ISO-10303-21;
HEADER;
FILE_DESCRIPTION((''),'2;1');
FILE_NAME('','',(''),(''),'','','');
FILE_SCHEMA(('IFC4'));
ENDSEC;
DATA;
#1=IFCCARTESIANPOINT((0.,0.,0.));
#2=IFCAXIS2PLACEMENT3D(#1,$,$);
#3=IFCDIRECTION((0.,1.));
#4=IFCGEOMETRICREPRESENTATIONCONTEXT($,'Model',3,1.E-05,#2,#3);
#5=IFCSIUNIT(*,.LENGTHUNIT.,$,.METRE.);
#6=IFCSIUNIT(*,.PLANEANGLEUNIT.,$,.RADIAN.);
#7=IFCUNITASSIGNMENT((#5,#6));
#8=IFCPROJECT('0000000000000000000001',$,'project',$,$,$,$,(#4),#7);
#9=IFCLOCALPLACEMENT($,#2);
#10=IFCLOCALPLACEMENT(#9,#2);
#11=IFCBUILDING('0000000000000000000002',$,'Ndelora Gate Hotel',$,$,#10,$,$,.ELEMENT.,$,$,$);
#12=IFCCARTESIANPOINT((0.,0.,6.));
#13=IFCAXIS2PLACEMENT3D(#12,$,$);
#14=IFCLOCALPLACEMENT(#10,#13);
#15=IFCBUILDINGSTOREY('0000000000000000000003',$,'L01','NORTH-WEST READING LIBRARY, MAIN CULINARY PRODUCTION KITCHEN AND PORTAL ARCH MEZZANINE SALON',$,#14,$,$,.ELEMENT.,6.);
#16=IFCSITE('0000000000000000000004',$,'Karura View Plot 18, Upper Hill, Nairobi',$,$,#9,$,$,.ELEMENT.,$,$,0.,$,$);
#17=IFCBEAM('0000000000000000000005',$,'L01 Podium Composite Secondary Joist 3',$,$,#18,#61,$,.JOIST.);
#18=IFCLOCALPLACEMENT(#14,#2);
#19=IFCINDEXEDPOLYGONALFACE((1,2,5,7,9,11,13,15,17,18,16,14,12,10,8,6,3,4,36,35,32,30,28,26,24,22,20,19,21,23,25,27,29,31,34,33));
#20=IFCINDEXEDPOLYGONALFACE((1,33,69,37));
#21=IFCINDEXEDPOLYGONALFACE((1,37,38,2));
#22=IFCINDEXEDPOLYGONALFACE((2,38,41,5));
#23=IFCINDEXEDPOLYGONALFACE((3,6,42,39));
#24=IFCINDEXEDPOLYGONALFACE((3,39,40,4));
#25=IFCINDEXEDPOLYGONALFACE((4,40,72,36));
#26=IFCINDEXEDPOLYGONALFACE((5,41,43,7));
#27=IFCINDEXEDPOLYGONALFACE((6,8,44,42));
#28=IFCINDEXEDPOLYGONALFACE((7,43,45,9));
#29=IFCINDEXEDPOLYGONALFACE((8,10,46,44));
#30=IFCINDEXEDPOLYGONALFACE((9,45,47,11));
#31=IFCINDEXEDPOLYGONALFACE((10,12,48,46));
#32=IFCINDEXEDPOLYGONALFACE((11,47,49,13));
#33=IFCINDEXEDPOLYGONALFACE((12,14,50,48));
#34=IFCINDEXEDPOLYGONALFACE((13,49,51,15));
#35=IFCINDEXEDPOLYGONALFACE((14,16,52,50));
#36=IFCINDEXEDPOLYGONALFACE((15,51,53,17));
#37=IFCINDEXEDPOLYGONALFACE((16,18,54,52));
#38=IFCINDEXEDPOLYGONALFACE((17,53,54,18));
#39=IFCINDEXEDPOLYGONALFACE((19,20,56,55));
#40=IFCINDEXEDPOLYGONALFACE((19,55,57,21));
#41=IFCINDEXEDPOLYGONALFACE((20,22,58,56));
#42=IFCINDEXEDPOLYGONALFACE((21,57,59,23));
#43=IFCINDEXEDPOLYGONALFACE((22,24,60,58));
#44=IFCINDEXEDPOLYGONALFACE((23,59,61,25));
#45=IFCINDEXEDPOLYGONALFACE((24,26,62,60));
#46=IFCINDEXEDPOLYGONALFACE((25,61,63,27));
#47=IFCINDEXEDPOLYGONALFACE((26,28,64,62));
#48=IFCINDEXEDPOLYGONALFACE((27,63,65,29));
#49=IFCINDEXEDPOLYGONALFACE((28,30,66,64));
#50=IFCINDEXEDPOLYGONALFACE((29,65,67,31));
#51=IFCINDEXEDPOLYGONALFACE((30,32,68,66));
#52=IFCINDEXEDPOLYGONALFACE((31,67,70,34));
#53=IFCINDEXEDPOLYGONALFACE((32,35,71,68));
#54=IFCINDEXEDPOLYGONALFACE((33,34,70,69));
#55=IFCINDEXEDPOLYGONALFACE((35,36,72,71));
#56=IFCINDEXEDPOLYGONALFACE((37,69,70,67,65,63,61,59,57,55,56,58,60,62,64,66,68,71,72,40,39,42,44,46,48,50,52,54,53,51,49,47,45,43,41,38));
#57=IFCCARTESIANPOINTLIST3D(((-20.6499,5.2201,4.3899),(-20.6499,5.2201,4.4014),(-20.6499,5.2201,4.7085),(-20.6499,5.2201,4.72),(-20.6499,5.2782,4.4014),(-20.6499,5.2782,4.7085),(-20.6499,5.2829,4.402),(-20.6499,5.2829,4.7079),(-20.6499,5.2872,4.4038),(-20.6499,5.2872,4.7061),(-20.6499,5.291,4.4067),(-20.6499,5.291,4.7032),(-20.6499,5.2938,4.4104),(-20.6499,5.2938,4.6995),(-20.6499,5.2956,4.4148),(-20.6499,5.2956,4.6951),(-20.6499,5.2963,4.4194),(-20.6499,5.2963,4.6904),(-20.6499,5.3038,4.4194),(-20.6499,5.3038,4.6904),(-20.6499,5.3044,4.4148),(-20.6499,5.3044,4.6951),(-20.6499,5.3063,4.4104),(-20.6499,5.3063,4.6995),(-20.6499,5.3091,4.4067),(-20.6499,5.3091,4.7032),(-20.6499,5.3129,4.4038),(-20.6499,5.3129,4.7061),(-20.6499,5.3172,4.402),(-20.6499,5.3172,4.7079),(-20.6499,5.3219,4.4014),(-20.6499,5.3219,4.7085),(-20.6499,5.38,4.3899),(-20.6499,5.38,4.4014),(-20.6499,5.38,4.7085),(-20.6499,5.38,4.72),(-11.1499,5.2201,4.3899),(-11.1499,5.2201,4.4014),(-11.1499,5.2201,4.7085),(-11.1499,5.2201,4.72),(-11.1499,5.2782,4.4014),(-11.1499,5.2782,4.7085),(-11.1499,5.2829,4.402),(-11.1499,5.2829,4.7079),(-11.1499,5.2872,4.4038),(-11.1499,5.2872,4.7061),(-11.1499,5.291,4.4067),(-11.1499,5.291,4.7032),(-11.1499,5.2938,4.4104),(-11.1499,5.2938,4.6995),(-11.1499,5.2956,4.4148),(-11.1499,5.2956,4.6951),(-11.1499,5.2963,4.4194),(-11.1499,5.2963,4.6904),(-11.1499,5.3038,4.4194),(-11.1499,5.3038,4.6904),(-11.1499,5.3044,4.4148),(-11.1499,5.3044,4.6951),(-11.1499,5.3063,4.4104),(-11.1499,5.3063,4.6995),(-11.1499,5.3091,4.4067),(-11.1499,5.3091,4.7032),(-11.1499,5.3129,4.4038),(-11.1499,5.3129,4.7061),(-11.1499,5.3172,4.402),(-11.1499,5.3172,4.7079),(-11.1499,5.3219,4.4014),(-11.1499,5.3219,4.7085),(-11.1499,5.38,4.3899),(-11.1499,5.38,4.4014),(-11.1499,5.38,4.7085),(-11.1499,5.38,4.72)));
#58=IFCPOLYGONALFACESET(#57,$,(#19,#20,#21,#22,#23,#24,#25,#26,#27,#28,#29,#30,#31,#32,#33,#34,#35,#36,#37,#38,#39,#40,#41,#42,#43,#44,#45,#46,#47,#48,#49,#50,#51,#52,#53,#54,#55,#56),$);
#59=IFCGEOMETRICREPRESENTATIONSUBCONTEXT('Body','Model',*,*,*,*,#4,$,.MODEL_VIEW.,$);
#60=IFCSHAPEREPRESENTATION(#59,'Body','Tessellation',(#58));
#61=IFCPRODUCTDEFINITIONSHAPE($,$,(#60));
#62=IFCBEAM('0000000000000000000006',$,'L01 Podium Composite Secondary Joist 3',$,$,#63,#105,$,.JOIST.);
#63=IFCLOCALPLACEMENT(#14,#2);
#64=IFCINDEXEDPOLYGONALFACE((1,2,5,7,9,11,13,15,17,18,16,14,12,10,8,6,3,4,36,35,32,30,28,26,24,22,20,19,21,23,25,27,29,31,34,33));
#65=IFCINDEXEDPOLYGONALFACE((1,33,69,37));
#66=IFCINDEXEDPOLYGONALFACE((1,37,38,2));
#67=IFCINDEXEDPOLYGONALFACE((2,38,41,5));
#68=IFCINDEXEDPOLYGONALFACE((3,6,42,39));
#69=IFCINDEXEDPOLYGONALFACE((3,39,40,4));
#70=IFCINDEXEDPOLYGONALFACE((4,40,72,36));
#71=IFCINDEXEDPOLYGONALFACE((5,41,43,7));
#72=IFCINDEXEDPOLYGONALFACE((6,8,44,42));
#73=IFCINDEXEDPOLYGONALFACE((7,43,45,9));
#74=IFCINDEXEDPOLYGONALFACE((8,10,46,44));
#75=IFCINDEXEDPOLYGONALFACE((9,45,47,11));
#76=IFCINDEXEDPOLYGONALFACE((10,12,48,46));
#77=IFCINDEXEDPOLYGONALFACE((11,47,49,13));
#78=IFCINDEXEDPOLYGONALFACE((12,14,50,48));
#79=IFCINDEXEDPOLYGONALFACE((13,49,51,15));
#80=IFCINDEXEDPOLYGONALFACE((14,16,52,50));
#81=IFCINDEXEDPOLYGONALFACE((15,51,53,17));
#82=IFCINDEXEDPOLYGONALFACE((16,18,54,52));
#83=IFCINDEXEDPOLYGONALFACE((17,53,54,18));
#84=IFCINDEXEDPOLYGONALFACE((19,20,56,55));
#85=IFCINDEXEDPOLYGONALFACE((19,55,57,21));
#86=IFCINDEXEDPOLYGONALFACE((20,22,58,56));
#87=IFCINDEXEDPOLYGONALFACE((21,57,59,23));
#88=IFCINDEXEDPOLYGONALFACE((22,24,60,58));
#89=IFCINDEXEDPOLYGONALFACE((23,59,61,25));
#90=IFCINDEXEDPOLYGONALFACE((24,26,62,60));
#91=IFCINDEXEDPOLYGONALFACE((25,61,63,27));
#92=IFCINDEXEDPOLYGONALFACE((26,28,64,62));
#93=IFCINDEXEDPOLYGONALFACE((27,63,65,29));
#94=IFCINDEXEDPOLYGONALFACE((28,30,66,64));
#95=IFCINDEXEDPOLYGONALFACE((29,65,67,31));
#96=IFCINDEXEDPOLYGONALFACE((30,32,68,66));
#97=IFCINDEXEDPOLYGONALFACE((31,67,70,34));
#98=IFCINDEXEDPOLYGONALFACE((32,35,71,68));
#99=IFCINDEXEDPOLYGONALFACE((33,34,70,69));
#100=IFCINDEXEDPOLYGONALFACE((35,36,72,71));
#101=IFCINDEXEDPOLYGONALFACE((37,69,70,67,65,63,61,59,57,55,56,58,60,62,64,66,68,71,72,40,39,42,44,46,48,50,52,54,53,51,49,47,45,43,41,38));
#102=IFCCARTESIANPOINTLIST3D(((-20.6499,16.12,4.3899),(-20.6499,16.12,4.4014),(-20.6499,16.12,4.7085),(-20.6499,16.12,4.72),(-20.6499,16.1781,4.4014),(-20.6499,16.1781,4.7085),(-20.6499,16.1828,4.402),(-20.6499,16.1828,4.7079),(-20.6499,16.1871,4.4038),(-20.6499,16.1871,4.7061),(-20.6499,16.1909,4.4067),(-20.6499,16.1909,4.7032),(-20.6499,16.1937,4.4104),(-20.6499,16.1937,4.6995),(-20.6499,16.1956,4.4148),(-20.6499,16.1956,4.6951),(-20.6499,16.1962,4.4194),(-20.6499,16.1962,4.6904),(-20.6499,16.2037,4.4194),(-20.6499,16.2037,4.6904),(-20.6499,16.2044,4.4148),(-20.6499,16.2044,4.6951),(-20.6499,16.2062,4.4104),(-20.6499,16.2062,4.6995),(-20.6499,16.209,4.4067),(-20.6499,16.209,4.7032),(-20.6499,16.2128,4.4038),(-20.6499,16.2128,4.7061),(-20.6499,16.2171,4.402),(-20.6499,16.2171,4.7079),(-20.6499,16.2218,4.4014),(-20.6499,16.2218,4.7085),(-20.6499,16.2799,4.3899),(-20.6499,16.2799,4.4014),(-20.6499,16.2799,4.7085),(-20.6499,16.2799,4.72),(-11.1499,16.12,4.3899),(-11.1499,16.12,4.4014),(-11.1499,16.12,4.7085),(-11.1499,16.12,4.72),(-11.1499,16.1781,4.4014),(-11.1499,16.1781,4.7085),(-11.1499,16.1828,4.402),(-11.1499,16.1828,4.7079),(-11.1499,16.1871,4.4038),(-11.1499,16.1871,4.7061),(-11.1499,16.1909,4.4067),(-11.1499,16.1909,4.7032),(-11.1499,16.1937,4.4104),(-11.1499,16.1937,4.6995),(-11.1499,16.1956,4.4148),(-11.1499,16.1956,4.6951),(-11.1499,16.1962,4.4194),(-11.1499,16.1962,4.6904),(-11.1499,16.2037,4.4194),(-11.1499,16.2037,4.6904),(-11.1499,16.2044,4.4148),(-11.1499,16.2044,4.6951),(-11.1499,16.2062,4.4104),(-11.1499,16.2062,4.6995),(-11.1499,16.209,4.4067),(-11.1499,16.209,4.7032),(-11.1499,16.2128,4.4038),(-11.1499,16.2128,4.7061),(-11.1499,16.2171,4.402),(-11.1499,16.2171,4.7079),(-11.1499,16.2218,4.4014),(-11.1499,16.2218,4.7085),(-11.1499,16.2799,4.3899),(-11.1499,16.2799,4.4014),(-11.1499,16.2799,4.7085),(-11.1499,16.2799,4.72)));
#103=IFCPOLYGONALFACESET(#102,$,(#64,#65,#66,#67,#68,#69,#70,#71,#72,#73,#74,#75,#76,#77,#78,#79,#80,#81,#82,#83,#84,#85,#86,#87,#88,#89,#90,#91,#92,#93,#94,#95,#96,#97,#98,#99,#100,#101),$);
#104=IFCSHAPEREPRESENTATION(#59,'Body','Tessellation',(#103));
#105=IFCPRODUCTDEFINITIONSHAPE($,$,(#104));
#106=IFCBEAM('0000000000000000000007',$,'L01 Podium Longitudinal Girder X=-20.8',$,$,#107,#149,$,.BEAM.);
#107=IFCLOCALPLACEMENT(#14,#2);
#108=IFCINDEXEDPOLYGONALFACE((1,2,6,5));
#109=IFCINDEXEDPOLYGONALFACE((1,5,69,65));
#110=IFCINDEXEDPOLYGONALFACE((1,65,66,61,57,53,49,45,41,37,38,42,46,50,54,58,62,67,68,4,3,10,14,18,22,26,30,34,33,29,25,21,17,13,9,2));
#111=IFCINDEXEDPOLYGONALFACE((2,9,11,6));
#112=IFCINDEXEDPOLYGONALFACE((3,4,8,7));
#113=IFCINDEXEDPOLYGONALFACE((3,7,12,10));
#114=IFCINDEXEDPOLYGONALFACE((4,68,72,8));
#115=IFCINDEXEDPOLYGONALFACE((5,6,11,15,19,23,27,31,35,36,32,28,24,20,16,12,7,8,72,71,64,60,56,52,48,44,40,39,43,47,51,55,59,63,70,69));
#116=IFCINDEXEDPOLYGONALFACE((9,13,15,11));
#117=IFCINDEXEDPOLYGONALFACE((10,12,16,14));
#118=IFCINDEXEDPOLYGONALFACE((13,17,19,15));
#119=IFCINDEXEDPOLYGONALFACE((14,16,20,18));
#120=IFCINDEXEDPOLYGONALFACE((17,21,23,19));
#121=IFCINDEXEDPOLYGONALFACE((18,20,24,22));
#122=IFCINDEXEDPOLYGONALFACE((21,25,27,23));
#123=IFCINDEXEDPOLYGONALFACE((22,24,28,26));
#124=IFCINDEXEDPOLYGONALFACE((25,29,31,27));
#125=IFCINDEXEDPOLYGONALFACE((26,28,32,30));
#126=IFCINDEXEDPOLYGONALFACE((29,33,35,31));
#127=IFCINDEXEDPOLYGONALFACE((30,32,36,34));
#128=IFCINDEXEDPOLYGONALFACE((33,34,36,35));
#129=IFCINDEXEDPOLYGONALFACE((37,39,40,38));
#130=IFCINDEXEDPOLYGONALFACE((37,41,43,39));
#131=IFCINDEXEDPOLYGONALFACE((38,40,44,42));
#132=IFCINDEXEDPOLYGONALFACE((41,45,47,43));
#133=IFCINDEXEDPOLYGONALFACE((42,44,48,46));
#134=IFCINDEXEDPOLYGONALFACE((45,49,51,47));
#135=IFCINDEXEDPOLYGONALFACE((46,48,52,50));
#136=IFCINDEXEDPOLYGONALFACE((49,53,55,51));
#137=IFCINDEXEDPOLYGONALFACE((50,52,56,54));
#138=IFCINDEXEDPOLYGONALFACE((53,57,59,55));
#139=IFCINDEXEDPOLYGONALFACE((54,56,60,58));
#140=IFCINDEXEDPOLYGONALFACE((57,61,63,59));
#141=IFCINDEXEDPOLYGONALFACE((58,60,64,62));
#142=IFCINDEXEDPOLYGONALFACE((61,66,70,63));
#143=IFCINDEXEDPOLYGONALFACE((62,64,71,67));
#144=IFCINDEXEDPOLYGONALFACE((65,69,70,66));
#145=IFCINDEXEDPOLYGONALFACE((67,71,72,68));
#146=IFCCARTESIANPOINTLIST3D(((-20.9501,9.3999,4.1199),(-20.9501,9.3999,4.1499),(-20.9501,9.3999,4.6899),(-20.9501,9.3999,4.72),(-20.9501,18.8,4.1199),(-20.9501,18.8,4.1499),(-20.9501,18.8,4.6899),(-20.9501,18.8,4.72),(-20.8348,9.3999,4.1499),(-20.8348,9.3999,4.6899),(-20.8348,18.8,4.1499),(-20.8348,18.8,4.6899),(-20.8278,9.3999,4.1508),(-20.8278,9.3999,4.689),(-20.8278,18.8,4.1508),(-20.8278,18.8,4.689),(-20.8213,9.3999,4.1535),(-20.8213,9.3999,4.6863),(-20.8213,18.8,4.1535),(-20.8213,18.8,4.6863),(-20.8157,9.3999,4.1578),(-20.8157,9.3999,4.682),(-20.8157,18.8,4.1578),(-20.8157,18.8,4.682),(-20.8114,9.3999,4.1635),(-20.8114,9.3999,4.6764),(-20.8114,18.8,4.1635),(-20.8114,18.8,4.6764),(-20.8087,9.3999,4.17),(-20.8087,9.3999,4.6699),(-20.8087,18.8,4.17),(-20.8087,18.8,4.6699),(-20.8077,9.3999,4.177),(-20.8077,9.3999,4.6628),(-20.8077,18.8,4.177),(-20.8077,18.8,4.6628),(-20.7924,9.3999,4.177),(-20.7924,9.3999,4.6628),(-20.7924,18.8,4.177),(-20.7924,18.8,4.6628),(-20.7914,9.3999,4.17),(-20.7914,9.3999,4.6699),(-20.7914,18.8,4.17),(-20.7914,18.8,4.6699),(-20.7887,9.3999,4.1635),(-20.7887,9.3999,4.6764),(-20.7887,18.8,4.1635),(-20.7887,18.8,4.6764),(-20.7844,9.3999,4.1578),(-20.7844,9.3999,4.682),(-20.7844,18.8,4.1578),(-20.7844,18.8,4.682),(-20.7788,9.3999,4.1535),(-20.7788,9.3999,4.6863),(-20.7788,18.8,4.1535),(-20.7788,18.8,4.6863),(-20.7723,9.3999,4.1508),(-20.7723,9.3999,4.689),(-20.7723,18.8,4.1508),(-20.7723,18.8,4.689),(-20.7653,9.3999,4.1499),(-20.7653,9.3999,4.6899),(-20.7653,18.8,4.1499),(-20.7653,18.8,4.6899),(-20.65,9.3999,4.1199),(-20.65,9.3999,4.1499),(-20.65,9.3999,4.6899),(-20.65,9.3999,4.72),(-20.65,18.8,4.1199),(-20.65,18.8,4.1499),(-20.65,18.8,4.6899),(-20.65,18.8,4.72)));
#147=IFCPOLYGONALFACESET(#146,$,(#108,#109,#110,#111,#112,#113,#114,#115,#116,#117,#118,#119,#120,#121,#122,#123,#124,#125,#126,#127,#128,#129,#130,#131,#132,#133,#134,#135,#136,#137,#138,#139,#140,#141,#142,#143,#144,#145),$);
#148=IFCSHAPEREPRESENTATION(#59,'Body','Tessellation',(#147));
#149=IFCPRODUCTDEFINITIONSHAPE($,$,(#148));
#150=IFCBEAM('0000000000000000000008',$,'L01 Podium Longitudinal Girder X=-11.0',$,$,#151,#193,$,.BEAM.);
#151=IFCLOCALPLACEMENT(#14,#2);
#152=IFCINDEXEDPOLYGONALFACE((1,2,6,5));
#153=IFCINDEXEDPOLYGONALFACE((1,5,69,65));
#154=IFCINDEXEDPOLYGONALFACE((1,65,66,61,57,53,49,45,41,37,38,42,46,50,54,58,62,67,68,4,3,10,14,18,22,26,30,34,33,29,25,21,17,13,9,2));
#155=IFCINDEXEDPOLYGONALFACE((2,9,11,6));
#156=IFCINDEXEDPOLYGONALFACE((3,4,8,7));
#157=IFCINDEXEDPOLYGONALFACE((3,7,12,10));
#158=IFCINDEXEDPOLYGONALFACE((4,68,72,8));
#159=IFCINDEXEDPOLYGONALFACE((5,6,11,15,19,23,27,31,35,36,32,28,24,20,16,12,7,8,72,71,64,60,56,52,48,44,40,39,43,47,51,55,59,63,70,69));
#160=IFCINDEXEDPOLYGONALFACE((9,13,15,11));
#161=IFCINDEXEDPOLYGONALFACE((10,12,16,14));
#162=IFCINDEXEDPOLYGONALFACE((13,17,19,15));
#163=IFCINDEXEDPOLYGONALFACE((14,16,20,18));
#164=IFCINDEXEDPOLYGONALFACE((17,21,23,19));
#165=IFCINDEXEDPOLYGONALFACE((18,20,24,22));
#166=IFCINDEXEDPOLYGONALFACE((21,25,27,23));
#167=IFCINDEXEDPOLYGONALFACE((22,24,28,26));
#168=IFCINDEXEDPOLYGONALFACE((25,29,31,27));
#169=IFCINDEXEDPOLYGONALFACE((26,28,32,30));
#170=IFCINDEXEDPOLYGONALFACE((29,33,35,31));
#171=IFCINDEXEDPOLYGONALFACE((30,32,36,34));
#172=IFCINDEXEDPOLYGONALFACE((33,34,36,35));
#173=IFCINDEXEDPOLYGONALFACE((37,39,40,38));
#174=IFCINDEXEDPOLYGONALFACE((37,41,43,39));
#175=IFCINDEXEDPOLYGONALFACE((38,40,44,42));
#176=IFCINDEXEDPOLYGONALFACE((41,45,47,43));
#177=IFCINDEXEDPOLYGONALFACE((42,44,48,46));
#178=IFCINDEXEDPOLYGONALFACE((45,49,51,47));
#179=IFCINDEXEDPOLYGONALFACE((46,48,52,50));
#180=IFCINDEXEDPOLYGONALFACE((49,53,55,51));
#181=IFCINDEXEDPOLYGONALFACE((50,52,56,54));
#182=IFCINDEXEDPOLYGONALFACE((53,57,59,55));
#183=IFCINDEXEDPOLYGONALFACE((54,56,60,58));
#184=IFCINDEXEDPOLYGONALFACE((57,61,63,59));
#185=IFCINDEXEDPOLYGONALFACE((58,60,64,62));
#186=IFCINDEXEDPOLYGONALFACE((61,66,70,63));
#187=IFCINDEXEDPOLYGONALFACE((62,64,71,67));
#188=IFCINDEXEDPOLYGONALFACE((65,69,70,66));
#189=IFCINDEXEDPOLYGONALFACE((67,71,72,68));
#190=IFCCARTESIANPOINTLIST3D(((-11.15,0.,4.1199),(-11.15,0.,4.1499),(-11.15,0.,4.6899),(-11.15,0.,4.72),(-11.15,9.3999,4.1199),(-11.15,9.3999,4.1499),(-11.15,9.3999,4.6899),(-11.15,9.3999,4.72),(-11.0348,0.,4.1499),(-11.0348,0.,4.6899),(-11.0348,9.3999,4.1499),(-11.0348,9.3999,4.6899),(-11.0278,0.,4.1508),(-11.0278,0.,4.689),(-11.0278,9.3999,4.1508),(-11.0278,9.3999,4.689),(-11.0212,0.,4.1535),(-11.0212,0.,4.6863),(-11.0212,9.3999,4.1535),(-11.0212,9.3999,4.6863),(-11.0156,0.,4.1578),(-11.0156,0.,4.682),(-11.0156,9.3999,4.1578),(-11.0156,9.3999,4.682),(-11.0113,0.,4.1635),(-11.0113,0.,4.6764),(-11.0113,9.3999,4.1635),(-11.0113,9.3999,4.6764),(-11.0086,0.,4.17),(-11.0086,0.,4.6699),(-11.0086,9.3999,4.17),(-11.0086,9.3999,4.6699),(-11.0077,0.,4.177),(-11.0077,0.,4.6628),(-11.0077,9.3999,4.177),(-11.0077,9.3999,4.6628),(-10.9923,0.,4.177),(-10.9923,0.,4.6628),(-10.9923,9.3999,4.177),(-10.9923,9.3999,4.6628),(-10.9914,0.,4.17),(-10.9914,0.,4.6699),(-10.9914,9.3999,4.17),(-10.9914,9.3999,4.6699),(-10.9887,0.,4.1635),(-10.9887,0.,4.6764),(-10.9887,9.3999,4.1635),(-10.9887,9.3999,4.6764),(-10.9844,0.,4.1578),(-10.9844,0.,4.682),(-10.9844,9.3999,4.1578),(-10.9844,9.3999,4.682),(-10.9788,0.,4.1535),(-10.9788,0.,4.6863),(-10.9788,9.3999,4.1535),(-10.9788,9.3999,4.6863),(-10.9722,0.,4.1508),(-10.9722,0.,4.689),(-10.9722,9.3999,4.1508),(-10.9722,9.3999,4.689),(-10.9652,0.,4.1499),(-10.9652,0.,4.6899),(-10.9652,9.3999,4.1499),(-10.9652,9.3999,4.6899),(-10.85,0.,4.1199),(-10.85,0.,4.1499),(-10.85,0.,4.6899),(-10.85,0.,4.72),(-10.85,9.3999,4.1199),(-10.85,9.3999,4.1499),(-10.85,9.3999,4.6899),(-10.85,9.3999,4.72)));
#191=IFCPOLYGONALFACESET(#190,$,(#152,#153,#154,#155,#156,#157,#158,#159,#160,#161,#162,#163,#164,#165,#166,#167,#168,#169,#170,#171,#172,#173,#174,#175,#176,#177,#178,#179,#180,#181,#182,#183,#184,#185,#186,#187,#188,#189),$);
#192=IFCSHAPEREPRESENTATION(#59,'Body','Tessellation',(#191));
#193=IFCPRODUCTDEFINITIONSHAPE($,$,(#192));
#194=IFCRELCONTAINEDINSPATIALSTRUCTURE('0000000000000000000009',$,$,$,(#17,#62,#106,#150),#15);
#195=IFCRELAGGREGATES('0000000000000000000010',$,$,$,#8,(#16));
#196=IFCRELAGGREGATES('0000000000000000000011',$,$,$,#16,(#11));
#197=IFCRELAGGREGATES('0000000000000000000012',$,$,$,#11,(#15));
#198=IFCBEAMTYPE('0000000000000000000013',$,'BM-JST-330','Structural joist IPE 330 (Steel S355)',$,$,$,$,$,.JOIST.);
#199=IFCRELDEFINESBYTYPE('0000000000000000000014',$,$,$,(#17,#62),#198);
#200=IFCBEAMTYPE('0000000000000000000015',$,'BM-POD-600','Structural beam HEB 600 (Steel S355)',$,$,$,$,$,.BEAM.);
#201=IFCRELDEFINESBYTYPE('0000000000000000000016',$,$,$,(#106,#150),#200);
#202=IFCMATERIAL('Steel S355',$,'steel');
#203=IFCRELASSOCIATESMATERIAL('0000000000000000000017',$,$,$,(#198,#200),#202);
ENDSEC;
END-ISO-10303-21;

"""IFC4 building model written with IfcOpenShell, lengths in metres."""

from ifc_helpers import new_model, si_unit, direction, frame, origin, origin_2d, place, context, subcontext, project, spatial, i_section, extrude, material, material_profile, profile_set, type_object, element, save


model = new_model("IFC4")

# Units and contexts
model_context = context("Model", 3, precision=1e-05, world=origin(), true_north=direction((0.0, 1.0)))
body_context = subcontext(model_context, "Body", "Model", "MODEL_VIEW")
ifc_project = project(units=[si_unit("LENGTHUNIT", "METRE"), si_unit("PLANEANGLEUNIT", "RADIAN")], contexts=[model_context])

# Site, building, storey
site_placement = place(None, origin())
site = spatial("IfcSite", under=ifc_project, at=site_placement, Name="Karura View Plot 18, Upper Hill, Nairobi", CompositionType="ELEMENT", RefElevation=0.0)
building_placement = place(site_placement, origin())
building = spatial("IfcBuilding", under=site, at=building_placement, Name="Ndelora Gate Hotel", CompositionType="ELEMENT")
storey_placement = place(building_placement, frame((0.0, 0.0, 6.0)))
storey = spatial("IfcBuildingStorey", under=building, at=storey_placement, Name="L01", Description="NORTH-WEST READING LIBRARY, MAIN CULINARY PRODUCTION KITCHEN AND PORTAL ARCH MEZZANINE SALON", CompositionType="ELEMENT", Elevation=6.0)

# Beams
ifc_material_1 = material(Name="Steel S355", Category="steel")
ifc_material_profile_1 = material_profile(ifc_material_1, i_section(OverallWidth=0.1599, OverallDepth=0.3301, WebThickness=0.0076, FlangeThickness=0.0115, FilletRadius=0.0181, at=origin_2d()), Name="IPE 330")
ifc_profile_set_1 = profile_set([ifc_material_profile_1], Name="Steel S355")
beam_type_1 = type_object("IfcBeamType", Name="BM-JST-330", Description="Structural joist IPE 330 (Steel S355)", PredefinedType="JOIST", material=ifc_profile_set_1)
for number, where, z_axis, x_axis, name in (
    (1, (-20.6499, 5.3, 4.5549), (1.0, 0.0, 0.0), (0.0, 1.0, 0.0), "L01 Podium Composite Secondary Joist 3"),
    (2, (-20.6499, 16.2, 4.5549), (1.0, 0.0, 0.0), (0.0, 1.0, 0.0), "L01 Podium Composite Secondary Joist 3"),
):
    element("IfcBeam", number, at=place(storey_placement, frame(where, z_axis=z_axis, x_axis=x_axis)), inside=storey, type_object=beam_type_1, Name=name, PredefinedType="JOIST", context=body_context, shape_type="SweptSolid", body=[
        extrude(i_section(OverallWidth=0.1599, OverallDepth=0.3301, WebThickness=0.0076, FlangeThickness=0.0115, FilletRadius=0.0181, at=origin_2d()), origin(), (0.0, 0.0, 1.0), 9.5),
    ])
ifc_material_profile_2 = material_profile(ifc_material_1, i_section(OverallWidth=0.3, OverallDepth=0.6001, WebThickness=0.0154, FlangeThickness=0.03, FilletRadius=0.0271, at=origin_2d()), Name="HEB 600")
ifc_profile_set_2 = profile_set([ifc_material_profile_2], Name="Steel S355")
beam_type_2 = type_object("IfcBeamType", Name="BM-POD-600", Description="Structural beam HEB 600 (Steel S355)", PredefinedType="BEAM", material=ifc_profile_set_2)
beam_1_placement = place(storey_placement, frame((-20.8, 9.3999, 4.4199), z_axis=(0.0, 1.0, 0.0), x_axis=(-1.0, 0.0, 0.0)))
element("IfcBeam", 3, at=beam_1_placement, inside=storey, type_object=beam_type_2, Name="L01 Podium Longitudinal Girder X=-20.8", PredefinedType="BEAM", context=body_context, shape_type="SweptSolid", body=[
    extrude(i_section(OverallWidth=0.3, OverallDepth=0.6001, WebThickness=0.0154, FlangeThickness=0.03, FilletRadius=0.0271, at=origin_2d()), origin(), (0.0, 0.0, 1.0), 9.4001),
])
beam_2_placement = place(storey_placement, frame((-11.0, 0.0, 4.4199), z_axis=(0.0, 1.0, 0.0), x_axis=(-1.0, 0.0, 0.0)))
element("IfcBeam", 4, at=beam_2_placement, inside=storey, type_object=beam_type_2, Name="L01 Podium Longitudinal Girder X=-11.0", PredefinedType="BEAM", context=body_context, shape_type="SweptSolid", body=[
    extrude(i_section(OverallWidth=0.3, OverallDepth=0.6001, WebThickness=0.0154, FlangeThickness=0.03, FilletRadius=0.0271, at=origin_2d()), origin(), (0.0, 0.0, 1.0), 9.3999),
])

save(model, "model.ifc")
